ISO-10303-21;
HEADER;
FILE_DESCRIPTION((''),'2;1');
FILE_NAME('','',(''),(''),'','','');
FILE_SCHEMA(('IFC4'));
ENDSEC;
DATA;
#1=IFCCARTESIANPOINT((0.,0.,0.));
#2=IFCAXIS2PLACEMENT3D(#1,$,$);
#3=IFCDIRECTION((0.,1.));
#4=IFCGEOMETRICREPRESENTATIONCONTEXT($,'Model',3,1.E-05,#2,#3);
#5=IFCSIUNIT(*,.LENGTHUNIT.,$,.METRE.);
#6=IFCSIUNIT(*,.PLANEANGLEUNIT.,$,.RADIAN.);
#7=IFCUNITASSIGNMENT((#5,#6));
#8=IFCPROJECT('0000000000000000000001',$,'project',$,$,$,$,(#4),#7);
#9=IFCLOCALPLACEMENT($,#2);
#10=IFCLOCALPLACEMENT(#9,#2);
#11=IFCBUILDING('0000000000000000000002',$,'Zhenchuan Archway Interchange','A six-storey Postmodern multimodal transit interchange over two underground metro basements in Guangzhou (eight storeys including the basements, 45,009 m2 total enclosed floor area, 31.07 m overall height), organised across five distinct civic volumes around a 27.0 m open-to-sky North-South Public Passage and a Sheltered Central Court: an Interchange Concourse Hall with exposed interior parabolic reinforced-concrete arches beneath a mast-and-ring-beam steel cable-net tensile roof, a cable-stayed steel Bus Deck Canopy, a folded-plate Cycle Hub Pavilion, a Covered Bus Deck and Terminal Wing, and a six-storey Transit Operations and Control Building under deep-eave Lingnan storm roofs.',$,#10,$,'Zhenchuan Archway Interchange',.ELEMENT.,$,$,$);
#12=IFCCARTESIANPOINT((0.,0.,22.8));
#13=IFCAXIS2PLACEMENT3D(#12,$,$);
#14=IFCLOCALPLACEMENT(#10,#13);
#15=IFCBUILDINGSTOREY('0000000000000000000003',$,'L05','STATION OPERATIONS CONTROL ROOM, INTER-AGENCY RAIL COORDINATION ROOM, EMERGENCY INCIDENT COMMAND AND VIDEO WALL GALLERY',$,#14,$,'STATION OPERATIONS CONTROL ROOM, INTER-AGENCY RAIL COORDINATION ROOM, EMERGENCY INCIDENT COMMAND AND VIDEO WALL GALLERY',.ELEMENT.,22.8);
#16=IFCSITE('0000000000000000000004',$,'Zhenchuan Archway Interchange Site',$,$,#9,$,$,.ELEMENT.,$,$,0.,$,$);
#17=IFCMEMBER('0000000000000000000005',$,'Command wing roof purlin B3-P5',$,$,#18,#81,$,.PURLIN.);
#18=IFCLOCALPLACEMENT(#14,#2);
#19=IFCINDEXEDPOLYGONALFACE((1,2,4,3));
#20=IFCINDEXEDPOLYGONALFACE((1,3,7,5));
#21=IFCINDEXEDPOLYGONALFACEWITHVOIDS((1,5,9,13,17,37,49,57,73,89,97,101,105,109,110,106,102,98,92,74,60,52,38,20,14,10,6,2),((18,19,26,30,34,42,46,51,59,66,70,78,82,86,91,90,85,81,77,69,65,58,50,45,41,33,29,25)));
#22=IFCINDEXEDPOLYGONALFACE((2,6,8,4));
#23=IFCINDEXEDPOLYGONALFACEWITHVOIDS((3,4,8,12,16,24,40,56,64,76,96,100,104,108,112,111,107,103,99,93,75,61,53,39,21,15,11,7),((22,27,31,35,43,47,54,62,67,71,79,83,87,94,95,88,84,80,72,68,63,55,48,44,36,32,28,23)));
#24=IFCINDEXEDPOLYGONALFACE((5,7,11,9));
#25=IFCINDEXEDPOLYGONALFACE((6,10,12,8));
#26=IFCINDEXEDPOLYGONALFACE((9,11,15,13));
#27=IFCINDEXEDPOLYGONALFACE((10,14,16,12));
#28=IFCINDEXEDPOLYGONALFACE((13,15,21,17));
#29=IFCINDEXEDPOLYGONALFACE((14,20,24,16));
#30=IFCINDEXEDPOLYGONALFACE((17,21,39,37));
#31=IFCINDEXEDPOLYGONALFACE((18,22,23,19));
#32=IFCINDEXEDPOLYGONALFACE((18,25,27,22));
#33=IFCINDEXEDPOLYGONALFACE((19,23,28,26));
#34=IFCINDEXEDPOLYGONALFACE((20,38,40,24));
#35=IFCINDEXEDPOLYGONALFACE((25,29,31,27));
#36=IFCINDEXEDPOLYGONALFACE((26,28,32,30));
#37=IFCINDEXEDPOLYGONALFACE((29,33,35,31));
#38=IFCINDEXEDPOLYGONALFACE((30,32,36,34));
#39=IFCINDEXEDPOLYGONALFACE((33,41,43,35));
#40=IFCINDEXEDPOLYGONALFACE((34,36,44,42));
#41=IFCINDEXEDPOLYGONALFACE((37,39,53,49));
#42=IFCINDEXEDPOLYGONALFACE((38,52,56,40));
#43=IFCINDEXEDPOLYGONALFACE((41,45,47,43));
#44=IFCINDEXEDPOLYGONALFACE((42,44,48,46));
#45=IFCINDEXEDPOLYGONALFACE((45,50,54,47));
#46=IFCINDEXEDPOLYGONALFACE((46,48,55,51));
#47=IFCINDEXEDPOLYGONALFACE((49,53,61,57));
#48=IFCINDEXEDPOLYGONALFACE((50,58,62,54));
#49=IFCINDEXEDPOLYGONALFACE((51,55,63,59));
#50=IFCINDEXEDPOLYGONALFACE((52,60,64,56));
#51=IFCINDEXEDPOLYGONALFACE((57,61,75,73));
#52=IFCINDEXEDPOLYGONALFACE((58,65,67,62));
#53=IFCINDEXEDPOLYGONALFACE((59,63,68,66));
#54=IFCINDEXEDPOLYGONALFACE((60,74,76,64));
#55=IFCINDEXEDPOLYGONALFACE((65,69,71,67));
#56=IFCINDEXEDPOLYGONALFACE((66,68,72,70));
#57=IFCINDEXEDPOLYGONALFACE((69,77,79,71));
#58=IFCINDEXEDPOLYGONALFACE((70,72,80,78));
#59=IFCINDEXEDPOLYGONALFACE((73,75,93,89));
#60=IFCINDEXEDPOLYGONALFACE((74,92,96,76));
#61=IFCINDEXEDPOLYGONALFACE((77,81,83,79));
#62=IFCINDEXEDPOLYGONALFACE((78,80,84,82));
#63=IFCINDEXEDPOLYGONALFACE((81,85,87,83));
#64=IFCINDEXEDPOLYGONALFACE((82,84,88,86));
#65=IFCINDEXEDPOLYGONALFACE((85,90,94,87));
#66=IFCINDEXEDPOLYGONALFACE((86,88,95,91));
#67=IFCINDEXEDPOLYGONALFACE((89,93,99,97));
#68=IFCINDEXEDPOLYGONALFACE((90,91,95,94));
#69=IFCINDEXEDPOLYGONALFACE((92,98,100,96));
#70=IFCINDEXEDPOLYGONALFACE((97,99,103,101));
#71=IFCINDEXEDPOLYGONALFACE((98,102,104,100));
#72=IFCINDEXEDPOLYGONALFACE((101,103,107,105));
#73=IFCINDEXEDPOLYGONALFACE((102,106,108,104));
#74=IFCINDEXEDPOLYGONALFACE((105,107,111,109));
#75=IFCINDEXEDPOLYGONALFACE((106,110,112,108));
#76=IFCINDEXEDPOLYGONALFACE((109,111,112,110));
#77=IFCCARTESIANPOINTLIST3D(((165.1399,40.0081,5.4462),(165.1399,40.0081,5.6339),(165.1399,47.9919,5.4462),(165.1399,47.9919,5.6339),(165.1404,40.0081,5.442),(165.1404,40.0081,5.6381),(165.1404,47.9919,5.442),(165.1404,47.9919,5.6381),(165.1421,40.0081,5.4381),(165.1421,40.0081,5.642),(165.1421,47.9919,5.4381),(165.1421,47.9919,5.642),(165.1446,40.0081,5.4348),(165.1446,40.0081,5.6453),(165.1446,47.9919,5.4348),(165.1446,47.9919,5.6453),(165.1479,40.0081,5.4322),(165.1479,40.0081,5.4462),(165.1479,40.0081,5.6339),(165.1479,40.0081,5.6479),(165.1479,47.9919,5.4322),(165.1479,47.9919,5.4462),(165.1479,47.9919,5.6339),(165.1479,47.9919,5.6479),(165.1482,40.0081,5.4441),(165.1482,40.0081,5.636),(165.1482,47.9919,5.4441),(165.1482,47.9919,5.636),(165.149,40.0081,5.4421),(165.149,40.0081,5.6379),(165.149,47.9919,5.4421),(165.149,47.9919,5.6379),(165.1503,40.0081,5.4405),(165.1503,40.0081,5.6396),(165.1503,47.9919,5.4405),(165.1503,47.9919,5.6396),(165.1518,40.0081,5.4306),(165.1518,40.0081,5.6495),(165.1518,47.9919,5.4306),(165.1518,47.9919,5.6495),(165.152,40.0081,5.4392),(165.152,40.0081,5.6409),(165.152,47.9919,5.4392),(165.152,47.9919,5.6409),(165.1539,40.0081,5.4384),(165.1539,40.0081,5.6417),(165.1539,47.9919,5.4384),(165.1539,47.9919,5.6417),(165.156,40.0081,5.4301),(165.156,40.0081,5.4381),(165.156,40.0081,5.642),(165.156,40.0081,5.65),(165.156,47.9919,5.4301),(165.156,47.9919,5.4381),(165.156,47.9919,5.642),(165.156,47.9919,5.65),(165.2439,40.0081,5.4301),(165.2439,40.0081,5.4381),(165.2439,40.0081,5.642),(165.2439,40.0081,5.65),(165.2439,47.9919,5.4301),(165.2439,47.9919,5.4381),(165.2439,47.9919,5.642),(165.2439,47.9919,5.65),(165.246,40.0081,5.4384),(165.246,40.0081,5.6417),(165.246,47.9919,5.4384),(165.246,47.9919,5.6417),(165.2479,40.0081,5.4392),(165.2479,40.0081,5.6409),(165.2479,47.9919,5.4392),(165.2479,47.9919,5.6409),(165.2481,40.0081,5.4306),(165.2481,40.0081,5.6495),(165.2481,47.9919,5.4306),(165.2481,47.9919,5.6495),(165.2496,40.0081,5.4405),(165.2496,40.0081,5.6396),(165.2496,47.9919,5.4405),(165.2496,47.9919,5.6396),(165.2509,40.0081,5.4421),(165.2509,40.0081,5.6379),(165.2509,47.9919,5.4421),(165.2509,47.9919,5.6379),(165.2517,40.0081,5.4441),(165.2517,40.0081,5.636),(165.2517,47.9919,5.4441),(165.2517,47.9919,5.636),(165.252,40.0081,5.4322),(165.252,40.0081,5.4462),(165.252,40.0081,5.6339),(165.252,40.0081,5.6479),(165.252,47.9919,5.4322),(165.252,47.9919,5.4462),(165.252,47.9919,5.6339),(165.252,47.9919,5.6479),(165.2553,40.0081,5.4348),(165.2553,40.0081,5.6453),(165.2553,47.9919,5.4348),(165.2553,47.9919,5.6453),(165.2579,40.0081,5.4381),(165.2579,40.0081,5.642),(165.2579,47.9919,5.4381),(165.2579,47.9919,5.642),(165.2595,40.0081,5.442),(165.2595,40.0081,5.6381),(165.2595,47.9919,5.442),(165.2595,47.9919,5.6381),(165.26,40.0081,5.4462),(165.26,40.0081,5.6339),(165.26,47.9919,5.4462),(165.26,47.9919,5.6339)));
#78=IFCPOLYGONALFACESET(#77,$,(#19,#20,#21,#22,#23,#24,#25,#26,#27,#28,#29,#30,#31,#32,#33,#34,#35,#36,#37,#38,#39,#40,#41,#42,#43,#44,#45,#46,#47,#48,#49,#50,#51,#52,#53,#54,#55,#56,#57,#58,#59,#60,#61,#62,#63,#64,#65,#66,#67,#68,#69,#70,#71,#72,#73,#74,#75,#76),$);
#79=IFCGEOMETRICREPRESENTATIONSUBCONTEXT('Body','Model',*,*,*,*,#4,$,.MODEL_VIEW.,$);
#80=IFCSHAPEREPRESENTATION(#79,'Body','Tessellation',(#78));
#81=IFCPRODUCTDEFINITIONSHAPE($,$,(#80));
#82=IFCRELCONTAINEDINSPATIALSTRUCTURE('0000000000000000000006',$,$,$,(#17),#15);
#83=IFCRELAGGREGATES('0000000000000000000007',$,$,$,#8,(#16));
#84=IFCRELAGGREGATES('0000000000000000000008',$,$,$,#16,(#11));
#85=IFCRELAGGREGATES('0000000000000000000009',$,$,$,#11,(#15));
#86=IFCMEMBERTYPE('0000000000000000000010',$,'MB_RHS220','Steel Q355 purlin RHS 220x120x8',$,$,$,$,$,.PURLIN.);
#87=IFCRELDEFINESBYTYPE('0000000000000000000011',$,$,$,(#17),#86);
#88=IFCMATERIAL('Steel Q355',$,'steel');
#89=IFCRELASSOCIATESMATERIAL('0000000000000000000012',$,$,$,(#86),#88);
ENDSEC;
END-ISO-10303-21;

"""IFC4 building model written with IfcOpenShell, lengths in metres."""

from ifc_helpers import new_model, si_unit, direction, frame, origin, origin_2d, place, context, subcontext, project, spatial, hollow_rectangle, extrude, material, material_profile, profile_set, type_object, element, save


model = new_model("IFC4")

# Units and contexts
model_context = context("Model", 3, precision=1e-05, world=origin(), true_north=direction((0.0, 1.0)))
body_context = subcontext(model_context, "Body", "Model", "MODEL_VIEW")
ifc_project = project(units=[si_unit("LENGTHUNIT", "METRE"), si_unit("PLANEANGLEUNIT", "RADIAN")], contexts=[model_context])

# Site, building, storey
site_placement = place(None, origin())
site = spatial("IfcSite", under=ifc_project, at=site_placement, Name="Zhenchuan Archway Interchange Site", CompositionType="ELEMENT", RefElevation=0.0)
building_placement = place(site_placement, origin())
building = spatial("IfcBuilding", under=site, at=building_placement, Name="Zhenchuan Archway Interchange", Description="A six-storey Postmodern multimodal transit interchange over two underground metro basements in Guangzhou (eight storeys including the basements, 45,009 m2 total enclosed floor area, 31.07 m overall height), organised across five distinct civic volumes around a 27.0 m open-to-sky North-South Public Passage and a Sheltered Central Court: an Interchange Concourse Hall with exposed interior parabolic reinforced-concrete arches beneath a mast-and-ring-beam steel cable-net tensile roof, a cable-stayed steel Bus Deck Canopy, a folded-plate Cycle Hub Pavilion, a Covered Bus Deck and Terminal Wing, and a six-storey Transit Operations and Control Building under deep-eave Lingnan storm roofs.", LongName="Zhenchuan Archway Interchange", CompositionType="ELEMENT")
storey_placement = place(building_placement, frame((0.0, 0.0, 22.8)))
storey = spatial("IfcBuildingStorey", under=building, at=storey_placement, Name="L05", Description="STATION OPERATIONS CONTROL ROOM, INTER-AGENCY RAIL COORDINATION ROOM, EMERGENCY INCIDENT COMMAND AND VIDEO WALL GALLERY", LongName="STATION OPERATIONS CONTROL ROOM, INTER-AGENCY RAIL COORDINATION ROOM, EMERGENCY INCIDENT COMMAND AND VIDEO WALL GALLERY", CompositionType="ELEMENT", Elevation=22.8)

# Shared definitions
ifc_material_1 = material(Name="Steel Q355", Category="steel")

# Member
ifc_material_profile_1 = material_profile(ifc_material_1, hollow_rectangle(XDim=0.1201, YDim=0.22, WallThickness=0.0081, InnerFilletRadius=0.0081, OuterFilletRadius=0.0161, at=origin_2d()), Name="RHS 220x120x8")
ifc_profile_set_1 = profile_set([ifc_material_profile_1], Name="Steel Q355")
member_type_1 = type_object("IfcMemberType", Name="MB_RHS220", Description="Steel Q355 purlin RHS 220x120x8", PredefinedType="PURLIN", material=ifc_profile_set_1)
for number, where, z_axis, x_axis, name in (
    (1, (165.2, 40.0081, 5.54), (0.0, 1.0, 0.0), (-1.0, 0.0, 0.0), "Command wing roof purlin B3-P5"),
):
    element("IfcMember", number, at=place(storey_placement, frame(where, z_axis=z_axis, x_axis=x_axis)), inside=storey, type_object=member_type_1, Name=name, PredefinedType="PURLIN", context=body_context, shape_type="SweptSolid", body=[
        extrude(hollow_rectangle(XDim=0.1201, YDim=0.22, WallThickness=0.0081, InnerFilletRadius=0.0081, OuterFilletRadius=0.0161, at=origin_2d()), origin(), (0.0, 0.0, 1.0), 7.9839),
    ])

save(model, "model.ifc")
